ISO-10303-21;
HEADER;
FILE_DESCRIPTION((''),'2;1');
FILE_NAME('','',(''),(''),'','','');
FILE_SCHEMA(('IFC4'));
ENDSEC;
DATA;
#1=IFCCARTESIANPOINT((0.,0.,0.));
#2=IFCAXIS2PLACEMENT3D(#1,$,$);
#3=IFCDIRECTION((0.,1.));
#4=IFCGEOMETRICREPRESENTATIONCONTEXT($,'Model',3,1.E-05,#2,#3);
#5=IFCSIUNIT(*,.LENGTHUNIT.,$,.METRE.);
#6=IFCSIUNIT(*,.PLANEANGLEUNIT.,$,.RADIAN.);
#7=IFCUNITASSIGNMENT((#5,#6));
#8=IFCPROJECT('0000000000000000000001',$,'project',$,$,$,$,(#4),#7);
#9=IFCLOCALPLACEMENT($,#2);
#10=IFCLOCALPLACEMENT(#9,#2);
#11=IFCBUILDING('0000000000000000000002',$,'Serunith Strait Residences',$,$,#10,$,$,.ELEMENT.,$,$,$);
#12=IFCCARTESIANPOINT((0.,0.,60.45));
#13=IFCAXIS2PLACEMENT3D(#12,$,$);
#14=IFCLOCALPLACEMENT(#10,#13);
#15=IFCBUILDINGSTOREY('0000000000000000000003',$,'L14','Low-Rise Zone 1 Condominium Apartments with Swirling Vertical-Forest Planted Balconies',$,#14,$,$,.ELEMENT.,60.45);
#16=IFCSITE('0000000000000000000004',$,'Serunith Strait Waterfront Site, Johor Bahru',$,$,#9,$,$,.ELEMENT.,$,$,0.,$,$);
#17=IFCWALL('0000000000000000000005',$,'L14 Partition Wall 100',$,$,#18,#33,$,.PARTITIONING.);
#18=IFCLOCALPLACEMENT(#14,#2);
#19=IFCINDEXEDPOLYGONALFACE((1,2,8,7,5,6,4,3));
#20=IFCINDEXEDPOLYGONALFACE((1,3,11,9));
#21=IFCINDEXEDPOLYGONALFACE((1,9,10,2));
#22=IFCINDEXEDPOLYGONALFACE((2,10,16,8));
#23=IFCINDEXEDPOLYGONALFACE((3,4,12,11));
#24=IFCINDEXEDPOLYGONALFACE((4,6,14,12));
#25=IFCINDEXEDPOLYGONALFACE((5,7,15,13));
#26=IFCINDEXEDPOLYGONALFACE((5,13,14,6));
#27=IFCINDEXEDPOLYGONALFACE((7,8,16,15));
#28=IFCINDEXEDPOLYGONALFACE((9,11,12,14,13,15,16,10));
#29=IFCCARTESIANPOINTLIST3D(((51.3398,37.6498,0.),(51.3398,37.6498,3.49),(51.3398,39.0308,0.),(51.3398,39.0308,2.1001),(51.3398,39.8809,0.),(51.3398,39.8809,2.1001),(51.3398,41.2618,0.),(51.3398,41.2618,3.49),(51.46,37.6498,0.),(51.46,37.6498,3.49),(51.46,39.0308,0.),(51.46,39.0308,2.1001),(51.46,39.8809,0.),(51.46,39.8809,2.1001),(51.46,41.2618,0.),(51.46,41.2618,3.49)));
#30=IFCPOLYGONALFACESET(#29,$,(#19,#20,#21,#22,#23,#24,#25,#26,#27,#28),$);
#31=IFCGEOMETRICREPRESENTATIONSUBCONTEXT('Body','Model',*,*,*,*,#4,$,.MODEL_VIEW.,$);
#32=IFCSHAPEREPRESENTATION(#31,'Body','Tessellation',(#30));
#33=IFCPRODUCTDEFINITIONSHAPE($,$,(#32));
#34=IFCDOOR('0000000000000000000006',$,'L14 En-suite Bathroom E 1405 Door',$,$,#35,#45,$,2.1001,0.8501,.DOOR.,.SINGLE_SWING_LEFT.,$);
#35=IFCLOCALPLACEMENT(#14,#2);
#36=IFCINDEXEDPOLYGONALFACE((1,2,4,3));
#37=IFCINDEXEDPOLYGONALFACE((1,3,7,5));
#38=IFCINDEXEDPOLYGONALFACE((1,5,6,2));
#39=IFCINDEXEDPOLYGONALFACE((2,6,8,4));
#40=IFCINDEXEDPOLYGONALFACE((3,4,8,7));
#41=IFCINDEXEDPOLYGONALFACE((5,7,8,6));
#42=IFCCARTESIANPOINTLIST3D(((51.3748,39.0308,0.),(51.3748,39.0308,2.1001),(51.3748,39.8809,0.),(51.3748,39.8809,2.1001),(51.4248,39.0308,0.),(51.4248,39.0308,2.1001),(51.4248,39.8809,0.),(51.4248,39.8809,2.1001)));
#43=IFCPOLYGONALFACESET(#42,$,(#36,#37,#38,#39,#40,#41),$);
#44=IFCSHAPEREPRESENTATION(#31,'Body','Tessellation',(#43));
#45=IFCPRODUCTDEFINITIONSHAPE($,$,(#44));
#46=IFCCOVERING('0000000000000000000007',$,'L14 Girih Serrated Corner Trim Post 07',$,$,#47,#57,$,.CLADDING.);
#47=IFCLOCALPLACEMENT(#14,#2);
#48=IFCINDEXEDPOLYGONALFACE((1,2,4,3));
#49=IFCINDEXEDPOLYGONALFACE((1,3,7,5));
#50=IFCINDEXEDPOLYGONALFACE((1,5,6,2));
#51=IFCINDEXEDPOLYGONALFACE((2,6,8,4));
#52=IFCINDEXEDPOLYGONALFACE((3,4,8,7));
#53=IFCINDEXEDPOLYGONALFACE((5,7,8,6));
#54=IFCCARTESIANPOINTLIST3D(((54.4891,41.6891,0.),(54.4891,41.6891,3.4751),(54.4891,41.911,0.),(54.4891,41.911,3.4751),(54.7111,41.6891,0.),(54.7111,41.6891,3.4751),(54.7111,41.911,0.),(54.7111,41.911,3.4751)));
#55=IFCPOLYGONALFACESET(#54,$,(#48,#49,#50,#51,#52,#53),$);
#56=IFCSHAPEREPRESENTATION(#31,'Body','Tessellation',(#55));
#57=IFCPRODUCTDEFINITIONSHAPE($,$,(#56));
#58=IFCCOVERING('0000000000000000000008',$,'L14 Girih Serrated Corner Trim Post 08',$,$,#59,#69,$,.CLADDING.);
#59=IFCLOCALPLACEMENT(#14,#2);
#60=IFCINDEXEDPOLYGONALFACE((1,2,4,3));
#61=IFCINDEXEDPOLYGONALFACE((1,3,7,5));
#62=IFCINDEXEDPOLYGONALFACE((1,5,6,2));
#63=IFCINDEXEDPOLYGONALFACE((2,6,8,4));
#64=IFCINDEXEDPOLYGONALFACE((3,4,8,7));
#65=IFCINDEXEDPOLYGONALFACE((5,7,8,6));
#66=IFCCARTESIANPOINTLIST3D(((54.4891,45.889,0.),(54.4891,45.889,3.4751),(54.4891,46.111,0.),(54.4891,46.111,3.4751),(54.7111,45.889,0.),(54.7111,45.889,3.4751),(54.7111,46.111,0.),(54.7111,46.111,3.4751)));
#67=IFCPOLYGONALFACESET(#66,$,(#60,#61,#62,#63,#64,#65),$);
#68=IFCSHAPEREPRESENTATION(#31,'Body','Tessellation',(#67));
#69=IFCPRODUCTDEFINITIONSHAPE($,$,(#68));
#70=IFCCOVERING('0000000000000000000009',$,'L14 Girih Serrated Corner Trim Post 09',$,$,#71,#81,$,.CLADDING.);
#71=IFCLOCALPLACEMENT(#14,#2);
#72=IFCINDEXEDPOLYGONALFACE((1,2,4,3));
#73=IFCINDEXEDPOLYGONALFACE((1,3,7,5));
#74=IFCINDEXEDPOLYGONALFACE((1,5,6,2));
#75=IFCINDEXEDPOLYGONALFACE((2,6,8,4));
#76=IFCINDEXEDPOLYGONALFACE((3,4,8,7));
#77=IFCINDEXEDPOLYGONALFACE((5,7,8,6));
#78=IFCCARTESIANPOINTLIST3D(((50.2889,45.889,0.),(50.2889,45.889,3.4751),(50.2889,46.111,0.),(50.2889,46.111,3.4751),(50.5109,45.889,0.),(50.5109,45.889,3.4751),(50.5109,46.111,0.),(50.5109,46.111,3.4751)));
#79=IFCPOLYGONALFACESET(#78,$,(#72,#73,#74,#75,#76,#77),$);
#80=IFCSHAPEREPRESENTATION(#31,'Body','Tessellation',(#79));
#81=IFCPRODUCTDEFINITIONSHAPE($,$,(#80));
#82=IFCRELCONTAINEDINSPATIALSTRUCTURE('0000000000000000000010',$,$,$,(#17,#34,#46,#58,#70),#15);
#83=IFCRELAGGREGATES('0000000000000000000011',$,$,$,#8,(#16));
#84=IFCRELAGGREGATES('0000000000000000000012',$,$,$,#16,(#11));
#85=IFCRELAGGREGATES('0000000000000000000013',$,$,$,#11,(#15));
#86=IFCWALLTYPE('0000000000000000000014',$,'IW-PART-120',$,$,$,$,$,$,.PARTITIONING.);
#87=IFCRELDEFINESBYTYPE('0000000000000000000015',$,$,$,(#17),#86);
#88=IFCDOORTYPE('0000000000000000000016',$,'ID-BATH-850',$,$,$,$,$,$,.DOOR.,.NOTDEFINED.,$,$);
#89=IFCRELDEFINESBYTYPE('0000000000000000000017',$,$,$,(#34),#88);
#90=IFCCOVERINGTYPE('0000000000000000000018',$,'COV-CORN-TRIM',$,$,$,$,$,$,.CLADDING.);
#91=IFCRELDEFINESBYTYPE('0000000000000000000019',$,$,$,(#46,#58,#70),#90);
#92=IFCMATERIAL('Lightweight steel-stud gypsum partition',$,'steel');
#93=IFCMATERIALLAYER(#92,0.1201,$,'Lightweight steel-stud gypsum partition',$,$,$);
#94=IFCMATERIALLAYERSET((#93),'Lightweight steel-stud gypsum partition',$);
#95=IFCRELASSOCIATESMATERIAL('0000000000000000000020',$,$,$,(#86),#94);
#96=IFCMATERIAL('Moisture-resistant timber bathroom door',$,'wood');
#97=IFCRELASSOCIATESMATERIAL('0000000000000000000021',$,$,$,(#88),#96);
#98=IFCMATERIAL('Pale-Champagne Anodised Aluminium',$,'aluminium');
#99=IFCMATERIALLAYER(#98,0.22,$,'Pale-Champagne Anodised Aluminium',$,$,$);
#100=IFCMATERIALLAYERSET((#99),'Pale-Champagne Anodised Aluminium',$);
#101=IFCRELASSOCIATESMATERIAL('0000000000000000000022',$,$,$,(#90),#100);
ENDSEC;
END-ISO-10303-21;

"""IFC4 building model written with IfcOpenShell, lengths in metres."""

from ifc_helpers import new_model, si_unit, direction, frame, frame_2d, origin, origin_2d, place, context, subcontext, project, spatial, rectangle, extrude, source, transform, mapped, material, layer, layer_set, type_object, element, fill, save


model = new_model("IFC4")

# Units and contexts
model_context = context("Model", 3, precision=1e-05, world=origin(), true_north=direction((0.0, 1.0)))
body_context = subcontext(model_context, "Body", "Model", "MODEL_VIEW")
ifc_project = project(units=[si_unit("LENGTHUNIT", "METRE"), si_unit("PLANEANGLEUNIT", "RADIAN")], contexts=[model_context])

# Site, building, storey
site_placement = place(None, origin())
site = spatial("IfcSite", under=ifc_project, at=site_placement, Name="Serunith Strait Waterfront Site, Johor Bahru", CompositionType="ELEMENT", RefElevation=0.0)
building_placement = place(site_placement, origin())
building = spatial("IfcBuilding", under=site, at=building_placement, Name="Serunith Strait Residences", CompositionType="ELEMENT")
storey_placement = place(building_placement, frame((0.0, 0.0, 60.45)))
storey = spatial("IfcBuildingStorey", under=building, at=storey_placement, Name="L14", Description="Low-Rise Zone 1 Condominium Apartments with Swirling Vertical-Forest Planted Balconies", CompositionType="ELEMENT", Elevation=60.45)

# Shared definitions
ifc_material_1 = material(Name="Pale-Champagne Anodised Aluminium", Category="aluminium")

# Shared definitions
ifc_material_2 = material(Name="Lightweight steel-stud gypsum partition", Category="steel")
ifc_layer_1 = layer(ifc_material_2, 0.1201, Name="Lightweight steel-stud gypsum partition")
ifc_layer_set_1 = layer_set([ifc_layer_1], Name="Lightweight steel-stud gypsum partition")
wall_type_1 = type_object("IfcWallType", Name="IW-PART-120", PredefinedType="PARTITIONING", material=ifc_layer_set_1)

# Wall, opening, door
wall_1_placement = place(storey_placement, frame((51.3999, 41.262, 0.0), z_axis=(0.0, 0.0, 1.0), x_axis=(0.0, -1.0, 0.0)))
wall_1 = element("IfcWall", 1, at=wall_1_placement, inside=storey, type_object=wall_type_1, Name="L14 Partition Wall 100", PredefinedType="PARTITIONING", context=body_context, shape_type="SweptSolid", body=[
    extrude(rectangle(XDim=3.6121, YDim=0.1201, at=frame_2d((1.8062, 0.0))), origin(), (0.0, 0.0, 1.0), 3.49),
])
opening_1_placement = place(wall_1_placement, frame((1.3811, 0.0, 0.0)))
opening_1 = element("IfcOpeningElement", 2, at=opening_1_placement, cuts=wall_1, PredefinedType="OPENING", context=body_context, shape_type="SweptSolid", body=[
    extrude(rectangle(XDim=0.8501, YDim=2.1001, at=frame_2d((0.425, 1.05))), frame((0.0, 0.0701, 0.0), z_axis=(0.0, -1.0, 0.0), x_axis=(1.0, 0.0, 0.0)), (0.0, 0.0, 1.0), 0.1401),
])
ifc_material_3 = material(Name="Moisture-resistant timber bathroom door", Category="wood")
door_type = type_object("IfcDoorType", Name="ID-BATH-850", OperationType="NOTDEFINED", PredefinedType="DOOR", material=ifc_material_3)
shared_shape_1 = source(origin(), body_context, "Body", "SweptSolid", [
    extrude(rectangle(XDim=0.8501, YDim=2.1001, at=frame_2d((0.425, 1.05))), frame((0.0, 0.0249, 0.0), z_axis=(0.0, -1.0, 0.0), x_axis=(1.0, 0.0, 0.0)), (0.0, 0.0, 1.0), 0.05),
])
door_placement = place(opening_1_placement, origin())
door = element("IfcDoor", 3, at=door_placement, inside=storey, type_object=door_type, Name="L14 En-suite Bathroom E 1405 Door", OperationType="SINGLE_SWING_LEFT", OverallHeight=2.1001, OverallWidth=0.8501, PredefinedType="DOOR", context=body_context, shape_type="MappedRepresentation", body=[
    mapped(shared_shape_1, transform((0.0, 0.0, 0.0), scale=1.0)),
])
fill(opening_1, door)

# Coverings
ifc_layer_2 = layer(ifc_material_1, 0.22, Name="Pale-Champagne Anodised Aluminium")
ifc_layer_set_2 = layer_set([ifc_layer_2], Name="Pale-Champagne Anodised Aluminium")
covering_type = type_object("IfcCoveringType", Name="COV-CORN-TRIM", PredefinedType="CLADDING", material=ifc_layer_set_2)
shared_shape_2 = source(origin(), body_context, "Body", "SweptSolid", [
    extrude(rectangle(XDim=0.2219, YDim=0.2219, at=origin_2d()), origin(), (0.0, 0.0, 1.0), 3.4751),
])
for number, where, z_axis, x_axis, name in (
    (4, (54.6001, 41.8, 0.0), (0.0, 0.0, 1.0), (1.0, 0.0, 0.0), "L14 Girih Serrated Corner Trim Post 07"),
    (5, (54.6001, 46.0, 0.0), (0.0, 0.0, 1.0), (1.0, 0.0, 0.0), "L14 Girih Serrated Corner Trim Post 08"),
    (6, (50.3999, 46.0, 0.0), (0.0, 0.0, 1.0), (1.0, 0.0, 0.0), "L14 Girih Serrated Corner Trim Post 09"),
):
    element("IfcCovering", number, at=place(storey_placement, frame(where, z_axis=z_axis, x_axis=x_axis)), inside=storey, type_object=covering_type, Name=name, PredefinedType="CLADDING", context=body_context, shape_type="MappedRepresentation", body=[
        mapped(shared_shape_2, transform((0.0, 0.0, 0.0), scale=1.0)),
    ])

save(model, "model.ifc")
